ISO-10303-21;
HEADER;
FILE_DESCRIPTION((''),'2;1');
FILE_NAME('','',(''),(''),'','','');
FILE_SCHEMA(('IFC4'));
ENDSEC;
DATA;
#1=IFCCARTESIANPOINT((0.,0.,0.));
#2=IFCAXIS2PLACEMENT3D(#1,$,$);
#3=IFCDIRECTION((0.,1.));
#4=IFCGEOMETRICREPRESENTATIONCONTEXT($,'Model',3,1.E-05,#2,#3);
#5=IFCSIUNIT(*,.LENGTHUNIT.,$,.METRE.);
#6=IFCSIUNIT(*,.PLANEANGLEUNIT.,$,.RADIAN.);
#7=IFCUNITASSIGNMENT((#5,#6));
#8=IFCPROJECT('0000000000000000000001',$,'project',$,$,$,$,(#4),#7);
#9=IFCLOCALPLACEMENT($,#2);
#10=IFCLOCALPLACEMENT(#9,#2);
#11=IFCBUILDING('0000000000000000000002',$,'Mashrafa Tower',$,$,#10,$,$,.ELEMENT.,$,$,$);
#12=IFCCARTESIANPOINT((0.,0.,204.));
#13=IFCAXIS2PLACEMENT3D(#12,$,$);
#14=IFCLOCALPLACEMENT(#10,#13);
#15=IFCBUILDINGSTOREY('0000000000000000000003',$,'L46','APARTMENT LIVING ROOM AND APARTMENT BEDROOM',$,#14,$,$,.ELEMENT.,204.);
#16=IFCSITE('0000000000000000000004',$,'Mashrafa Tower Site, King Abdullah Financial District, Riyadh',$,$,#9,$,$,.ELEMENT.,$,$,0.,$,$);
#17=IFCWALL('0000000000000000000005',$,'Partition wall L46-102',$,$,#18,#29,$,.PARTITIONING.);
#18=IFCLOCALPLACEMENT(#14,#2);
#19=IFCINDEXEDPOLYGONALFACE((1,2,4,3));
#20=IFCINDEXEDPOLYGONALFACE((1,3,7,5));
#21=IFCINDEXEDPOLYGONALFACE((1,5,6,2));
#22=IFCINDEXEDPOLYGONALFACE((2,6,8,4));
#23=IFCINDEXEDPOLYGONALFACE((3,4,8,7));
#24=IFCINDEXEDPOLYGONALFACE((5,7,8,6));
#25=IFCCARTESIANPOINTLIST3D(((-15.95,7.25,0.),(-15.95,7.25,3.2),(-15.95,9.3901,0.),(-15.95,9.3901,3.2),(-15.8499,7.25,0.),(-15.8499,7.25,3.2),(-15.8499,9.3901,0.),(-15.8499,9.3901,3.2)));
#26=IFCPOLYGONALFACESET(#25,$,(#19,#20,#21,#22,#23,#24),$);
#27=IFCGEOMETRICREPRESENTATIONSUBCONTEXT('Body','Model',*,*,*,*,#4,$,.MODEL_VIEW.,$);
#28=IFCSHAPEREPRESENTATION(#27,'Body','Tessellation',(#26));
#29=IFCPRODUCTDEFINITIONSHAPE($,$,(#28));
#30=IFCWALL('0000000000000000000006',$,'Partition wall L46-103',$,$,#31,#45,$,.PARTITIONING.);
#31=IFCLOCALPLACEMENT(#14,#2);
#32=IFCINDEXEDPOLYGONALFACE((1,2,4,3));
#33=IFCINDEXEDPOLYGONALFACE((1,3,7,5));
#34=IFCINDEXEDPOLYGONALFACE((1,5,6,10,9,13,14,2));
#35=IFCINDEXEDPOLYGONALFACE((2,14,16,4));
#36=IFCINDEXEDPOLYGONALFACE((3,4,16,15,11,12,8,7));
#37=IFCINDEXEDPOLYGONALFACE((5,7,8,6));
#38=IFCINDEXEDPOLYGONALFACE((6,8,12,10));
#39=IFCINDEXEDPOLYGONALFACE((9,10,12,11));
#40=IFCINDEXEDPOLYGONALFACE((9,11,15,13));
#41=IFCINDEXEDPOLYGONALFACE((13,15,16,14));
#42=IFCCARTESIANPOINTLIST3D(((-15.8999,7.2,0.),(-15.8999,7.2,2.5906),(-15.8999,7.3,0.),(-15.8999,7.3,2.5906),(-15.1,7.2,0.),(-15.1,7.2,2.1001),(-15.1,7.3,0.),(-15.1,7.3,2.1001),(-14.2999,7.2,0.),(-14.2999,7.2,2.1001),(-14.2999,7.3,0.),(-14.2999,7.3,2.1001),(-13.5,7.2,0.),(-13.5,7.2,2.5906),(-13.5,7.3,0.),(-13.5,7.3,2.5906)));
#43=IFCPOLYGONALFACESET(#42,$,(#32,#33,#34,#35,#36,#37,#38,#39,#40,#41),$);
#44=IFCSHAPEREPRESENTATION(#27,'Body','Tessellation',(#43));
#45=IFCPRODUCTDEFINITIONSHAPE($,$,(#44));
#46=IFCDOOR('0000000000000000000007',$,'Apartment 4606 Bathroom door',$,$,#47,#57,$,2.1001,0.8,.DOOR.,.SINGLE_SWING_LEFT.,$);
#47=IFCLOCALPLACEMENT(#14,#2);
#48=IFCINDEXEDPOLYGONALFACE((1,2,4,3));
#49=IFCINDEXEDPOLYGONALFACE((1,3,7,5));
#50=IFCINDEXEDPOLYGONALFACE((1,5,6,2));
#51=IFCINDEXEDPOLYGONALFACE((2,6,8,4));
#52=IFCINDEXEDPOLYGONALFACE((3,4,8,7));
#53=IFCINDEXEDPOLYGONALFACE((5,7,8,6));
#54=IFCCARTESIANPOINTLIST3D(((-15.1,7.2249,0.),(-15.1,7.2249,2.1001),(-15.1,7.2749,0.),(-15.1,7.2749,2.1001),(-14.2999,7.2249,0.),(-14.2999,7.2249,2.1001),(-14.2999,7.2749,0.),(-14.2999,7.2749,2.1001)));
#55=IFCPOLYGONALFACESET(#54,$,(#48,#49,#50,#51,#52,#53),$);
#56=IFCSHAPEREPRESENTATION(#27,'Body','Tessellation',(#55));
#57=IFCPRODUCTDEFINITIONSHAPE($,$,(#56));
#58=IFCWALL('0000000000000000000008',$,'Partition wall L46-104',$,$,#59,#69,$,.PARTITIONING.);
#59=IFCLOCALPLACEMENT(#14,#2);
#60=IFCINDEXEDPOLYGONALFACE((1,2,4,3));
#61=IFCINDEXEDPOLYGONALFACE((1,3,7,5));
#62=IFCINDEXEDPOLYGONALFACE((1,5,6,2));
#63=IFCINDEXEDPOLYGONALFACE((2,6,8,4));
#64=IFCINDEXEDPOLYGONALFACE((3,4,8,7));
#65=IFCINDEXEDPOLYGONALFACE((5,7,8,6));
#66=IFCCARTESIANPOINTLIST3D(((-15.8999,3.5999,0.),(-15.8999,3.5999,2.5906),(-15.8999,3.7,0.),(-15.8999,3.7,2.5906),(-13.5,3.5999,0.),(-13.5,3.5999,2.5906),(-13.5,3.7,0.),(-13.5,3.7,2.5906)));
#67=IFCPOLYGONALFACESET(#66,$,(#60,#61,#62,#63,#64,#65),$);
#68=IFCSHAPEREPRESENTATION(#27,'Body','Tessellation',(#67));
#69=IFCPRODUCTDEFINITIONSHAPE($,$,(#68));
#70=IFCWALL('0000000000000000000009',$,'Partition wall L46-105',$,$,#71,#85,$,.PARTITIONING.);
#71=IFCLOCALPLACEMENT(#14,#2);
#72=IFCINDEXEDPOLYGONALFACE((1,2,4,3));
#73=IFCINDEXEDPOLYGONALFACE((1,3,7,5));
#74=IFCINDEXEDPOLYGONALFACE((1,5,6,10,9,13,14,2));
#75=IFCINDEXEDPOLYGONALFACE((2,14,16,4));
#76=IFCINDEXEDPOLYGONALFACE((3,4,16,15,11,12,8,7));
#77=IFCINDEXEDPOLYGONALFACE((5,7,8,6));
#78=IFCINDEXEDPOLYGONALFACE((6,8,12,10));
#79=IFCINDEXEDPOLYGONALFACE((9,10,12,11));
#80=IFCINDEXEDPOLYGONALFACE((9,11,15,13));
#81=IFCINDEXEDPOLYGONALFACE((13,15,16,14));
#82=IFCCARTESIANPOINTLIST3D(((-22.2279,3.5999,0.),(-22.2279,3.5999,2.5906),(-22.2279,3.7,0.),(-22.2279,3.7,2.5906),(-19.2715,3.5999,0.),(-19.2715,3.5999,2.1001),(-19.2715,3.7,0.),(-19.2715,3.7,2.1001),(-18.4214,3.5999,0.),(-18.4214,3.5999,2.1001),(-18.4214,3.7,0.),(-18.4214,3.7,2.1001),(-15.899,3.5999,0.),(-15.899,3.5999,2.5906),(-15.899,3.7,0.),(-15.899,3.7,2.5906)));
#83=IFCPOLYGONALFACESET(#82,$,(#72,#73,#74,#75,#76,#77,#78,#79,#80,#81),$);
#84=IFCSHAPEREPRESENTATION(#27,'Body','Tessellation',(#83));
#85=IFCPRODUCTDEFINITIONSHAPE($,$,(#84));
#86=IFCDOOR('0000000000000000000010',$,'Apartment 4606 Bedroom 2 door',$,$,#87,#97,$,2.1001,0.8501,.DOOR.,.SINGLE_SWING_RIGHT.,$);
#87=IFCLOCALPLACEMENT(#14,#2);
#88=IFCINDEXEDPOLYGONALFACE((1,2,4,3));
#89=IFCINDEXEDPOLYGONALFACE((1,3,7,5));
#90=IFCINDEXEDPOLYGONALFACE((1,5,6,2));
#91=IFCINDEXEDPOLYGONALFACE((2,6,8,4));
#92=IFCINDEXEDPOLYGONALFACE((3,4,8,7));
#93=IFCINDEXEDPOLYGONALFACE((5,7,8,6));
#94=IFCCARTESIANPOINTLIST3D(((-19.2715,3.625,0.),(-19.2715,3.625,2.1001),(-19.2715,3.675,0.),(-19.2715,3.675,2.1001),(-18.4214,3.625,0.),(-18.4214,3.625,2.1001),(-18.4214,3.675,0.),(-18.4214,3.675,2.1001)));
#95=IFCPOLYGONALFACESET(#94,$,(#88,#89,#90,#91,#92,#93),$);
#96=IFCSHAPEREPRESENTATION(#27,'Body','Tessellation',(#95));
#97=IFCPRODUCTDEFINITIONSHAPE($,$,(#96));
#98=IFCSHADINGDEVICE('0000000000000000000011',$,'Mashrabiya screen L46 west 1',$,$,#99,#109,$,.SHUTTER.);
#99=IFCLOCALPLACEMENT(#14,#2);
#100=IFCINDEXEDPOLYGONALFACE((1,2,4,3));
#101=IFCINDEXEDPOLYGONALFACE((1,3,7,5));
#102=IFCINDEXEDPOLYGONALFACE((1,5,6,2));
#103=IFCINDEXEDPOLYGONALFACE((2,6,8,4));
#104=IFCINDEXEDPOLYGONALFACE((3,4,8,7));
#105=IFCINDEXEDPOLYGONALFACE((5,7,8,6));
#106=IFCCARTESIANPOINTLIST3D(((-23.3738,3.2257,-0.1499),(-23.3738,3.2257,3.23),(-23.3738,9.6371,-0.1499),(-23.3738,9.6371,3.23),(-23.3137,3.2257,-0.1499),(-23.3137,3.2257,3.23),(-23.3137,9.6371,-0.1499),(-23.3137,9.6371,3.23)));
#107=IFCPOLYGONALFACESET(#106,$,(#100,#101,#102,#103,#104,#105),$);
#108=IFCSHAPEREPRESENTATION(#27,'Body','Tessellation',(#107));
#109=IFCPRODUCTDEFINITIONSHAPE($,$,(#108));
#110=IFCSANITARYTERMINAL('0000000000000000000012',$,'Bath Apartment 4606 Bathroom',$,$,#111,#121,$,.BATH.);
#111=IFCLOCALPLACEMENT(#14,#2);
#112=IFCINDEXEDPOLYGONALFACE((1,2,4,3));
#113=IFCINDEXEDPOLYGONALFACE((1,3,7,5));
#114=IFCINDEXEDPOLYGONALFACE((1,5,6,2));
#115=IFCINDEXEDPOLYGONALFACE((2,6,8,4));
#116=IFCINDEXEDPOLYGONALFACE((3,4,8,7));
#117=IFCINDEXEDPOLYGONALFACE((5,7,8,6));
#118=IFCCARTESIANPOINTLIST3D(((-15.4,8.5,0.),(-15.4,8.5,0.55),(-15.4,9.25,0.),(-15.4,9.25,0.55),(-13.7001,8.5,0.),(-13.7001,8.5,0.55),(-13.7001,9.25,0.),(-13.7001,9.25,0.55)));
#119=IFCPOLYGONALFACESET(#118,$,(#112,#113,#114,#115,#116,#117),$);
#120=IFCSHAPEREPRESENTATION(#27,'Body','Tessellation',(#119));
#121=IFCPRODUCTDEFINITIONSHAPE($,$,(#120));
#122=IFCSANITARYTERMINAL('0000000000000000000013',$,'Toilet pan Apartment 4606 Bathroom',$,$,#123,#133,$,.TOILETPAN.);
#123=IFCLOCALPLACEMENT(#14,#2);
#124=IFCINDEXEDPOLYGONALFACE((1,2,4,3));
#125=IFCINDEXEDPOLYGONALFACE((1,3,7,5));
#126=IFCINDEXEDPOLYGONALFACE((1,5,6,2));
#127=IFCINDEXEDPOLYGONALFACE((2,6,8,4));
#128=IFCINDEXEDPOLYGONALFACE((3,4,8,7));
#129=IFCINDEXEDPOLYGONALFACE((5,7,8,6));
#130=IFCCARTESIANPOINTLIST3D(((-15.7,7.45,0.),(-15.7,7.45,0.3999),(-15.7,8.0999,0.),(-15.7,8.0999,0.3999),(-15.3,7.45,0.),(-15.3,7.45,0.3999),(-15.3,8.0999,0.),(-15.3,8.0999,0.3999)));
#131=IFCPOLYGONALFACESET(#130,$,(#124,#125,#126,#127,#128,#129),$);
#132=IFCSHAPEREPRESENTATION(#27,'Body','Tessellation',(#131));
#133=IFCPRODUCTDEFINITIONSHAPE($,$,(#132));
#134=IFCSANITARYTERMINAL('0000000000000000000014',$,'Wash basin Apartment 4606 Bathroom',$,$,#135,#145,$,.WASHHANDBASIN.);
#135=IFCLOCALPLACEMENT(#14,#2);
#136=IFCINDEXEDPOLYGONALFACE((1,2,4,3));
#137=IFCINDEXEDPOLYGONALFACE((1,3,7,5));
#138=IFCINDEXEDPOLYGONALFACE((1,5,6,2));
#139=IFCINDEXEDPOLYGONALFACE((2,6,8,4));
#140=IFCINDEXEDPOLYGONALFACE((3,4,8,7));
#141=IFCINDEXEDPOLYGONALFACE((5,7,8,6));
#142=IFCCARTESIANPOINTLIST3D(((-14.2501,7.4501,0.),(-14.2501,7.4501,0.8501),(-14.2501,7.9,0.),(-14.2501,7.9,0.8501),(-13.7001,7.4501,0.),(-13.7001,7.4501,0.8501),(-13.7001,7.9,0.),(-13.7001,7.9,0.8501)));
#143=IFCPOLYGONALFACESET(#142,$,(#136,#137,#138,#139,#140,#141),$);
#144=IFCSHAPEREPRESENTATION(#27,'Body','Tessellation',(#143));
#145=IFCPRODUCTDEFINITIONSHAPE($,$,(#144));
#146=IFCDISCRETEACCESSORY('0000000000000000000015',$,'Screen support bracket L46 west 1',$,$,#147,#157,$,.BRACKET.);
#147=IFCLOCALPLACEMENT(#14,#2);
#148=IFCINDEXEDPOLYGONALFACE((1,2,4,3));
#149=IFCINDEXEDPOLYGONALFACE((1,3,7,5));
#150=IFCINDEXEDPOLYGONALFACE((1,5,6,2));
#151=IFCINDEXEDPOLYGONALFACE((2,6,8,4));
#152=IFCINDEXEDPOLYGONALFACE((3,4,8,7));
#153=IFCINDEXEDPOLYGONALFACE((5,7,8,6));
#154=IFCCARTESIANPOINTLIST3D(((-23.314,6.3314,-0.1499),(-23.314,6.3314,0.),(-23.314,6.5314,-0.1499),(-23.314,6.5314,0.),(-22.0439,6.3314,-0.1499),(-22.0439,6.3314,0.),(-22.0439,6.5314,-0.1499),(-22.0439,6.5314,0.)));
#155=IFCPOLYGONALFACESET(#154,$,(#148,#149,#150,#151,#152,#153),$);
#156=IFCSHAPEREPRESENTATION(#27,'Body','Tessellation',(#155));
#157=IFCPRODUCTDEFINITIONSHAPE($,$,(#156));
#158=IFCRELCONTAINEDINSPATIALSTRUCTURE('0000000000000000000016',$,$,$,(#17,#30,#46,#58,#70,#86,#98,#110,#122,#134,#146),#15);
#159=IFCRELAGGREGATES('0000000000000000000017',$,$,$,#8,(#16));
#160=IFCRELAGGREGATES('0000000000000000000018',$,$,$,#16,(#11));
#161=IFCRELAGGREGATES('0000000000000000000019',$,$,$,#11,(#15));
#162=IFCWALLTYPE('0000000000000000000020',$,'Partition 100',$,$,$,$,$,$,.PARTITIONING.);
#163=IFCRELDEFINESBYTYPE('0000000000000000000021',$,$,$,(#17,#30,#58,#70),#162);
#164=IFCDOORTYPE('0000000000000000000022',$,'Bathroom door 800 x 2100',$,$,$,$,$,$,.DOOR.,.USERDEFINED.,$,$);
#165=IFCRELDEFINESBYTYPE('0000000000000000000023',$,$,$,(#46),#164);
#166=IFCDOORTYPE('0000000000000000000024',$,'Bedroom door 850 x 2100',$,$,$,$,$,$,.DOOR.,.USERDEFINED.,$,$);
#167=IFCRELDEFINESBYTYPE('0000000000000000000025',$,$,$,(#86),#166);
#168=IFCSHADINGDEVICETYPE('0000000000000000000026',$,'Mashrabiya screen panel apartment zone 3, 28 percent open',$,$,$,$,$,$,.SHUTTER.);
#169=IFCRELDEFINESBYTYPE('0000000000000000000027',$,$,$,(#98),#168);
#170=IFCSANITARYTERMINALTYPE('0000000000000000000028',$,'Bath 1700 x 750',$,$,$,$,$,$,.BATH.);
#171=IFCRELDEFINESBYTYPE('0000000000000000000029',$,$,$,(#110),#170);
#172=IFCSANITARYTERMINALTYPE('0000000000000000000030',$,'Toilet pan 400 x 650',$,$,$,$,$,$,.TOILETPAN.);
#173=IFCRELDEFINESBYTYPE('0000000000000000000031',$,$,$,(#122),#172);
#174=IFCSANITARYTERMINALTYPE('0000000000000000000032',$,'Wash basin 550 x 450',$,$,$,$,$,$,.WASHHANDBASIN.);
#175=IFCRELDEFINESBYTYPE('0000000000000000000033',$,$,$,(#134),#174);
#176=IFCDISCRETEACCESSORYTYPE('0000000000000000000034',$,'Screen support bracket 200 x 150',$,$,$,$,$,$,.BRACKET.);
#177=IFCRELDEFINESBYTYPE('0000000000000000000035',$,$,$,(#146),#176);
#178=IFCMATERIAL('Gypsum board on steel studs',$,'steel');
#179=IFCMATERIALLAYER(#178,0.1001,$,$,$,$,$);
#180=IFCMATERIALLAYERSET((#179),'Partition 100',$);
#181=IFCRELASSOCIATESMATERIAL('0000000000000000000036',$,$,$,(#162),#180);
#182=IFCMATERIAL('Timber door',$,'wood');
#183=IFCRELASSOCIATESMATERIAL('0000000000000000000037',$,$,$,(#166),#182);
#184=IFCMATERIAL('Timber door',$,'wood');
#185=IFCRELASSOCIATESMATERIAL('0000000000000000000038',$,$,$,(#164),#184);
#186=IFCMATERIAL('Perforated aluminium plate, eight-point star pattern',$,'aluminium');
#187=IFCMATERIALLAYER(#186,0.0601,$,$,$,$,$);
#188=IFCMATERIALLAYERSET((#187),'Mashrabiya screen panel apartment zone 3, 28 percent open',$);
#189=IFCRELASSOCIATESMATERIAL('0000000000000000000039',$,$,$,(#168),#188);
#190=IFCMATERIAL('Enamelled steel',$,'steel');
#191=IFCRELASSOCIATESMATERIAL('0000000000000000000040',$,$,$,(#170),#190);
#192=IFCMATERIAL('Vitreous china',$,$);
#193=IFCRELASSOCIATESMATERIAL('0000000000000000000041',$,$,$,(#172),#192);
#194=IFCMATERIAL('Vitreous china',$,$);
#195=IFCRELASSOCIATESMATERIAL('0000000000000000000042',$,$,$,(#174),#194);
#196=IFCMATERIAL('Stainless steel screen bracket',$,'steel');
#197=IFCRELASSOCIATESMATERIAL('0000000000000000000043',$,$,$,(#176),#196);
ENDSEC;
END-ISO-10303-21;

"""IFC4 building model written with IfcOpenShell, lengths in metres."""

from ifc_helpers import new_model, si_unit, direction, frame, frame_2d, origin, origin_2d, place, context, subcontext, project, spatial, rectangle, extrude, source, transform, mapped, material, layer, layer_set, type_object, type_shapes, element, fill, save


model = new_model("IFC4")

# Units and contexts
model_context = context("Model", 3, precision=1e-05, world=origin(), true_north=direction((0.0, 1.0)))
body_context = subcontext(model_context, "Body", "Model", "MODEL_VIEW")
ifc_project = project(units=[si_unit("LENGTHUNIT", "METRE"), si_unit("PLANEANGLEUNIT", "RADIAN")], contexts=[model_context])

# Site, building, storey
site_placement = place(None, origin())
site = spatial("IfcSite", under=ifc_project, at=site_placement, Name="Mashrafa Tower Site, King Abdullah Financial District, Riyadh", CompositionType="ELEMENT", RefElevation=0.0)
building_placement = place(site_placement, origin())
building = spatial("IfcBuilding", under=site, at=building_placement, Name="Mashrafa Tower", CompositionType="ELEMENT")
storey_placement = place(building_placement, frame((0.0, 0.0, 204.0)))
storey = spatial("IfcBuildingStorey", under=building, at=storey_placement, Name="L46", Description="APARTMENT LIVING ROOM AND APARTMENT BEDROOM", CompositionType="ELEMENT", Elevation=204.0)

# Shared definitions
ifc_material_1 = material(Name="Gypsum board on steel studs", Category="steel")
ifc_layer_1 = layer(ifc_material_1, 0.1001)
ifc_layer_set_1 = layer_set([ifc_layer_1], Name="Partition 100")
wall_type_1 = type_object("IfcWallType", Name="Partition 100", PredefinedType="PARTITIONING", material=ifc_layer_set_1)

# Shared definitions
ifc_material_2 = material(Name="Timber door", Category="wood")
door_type_1 = type_object("IfcDoorType", Name="Bedroom door 850 x 2100", OperationType="USERDEFINED", PredefinedType="DOOR", material=ifc_material_2)

# Wall
wall_1_placement = place(storey_placement, frame((-15.8999, 9.3901, 0.0), z_axis=(0.0, 0.0, 1.0), x_axis=(0.0, -1.0, 0.0)))
element("IfcWall", 1, at=wall_1_placement, inside=storey, type_object=wall_type_1, Name="Partition wall L46-102", PredefinedType="PARTITIONING", context=body_context, shape_type="SweptSolid", body=[
    extrude(rectangle(XDim=2.1401, YDim=0.1001, at=frame_2d((1.0701, 0.0))), origin(), (0.0, 0.0, 1.0), 3.2),
])

# Wall, opening, door
wall_2_placement = place(storey_placement, frame((-15.8999, 7.25, 0.0), z_axis=(0.0, 0.0, 1.0), x_axis=(1.0, 0.0, 0.0)))
wall_2 = element("IfcWall", 2, at=wall_2_placement, inside=storey, type_object=wall_type_1, Name="Partition wall L46-103", PredefinedType="PARTITIONING", context=body_context, shape_type="SweptSolid", body=[
    extrude(rectangle(XDim=2.3999, YDim=0.1001, at=frame_2d((1.2, 0.0))), origin(), (0.0, 0.0, 1.0), 2.5906),
])
opening_1_placement = place(wall_2_placement, frame((0.8, 0.0, 0.0)))
opening_1 = element("IfcOpeningElement", 3, at=opening_1_placement, cuts=wall_2, PredefinedType="OPENING", context=body_context, shape_type="SweptSolid", body=[
    extrude(rectangle(XDim=0.8, YDim=2.1001, at=frame_2d((0.3999, 1.05))), frame((0.0, 0.0601, 0.0), z_axis=(0.0, -1.0, 0.0), x_axis=(1.0, 0.0, 0.0)), (0.0, 0.0, 1.0), 0.1201),
])
ifc_material_3 = material(Name="Timber door", Category="wood")
door_type_2 = type_object("IfcDoorType", Name="Bathroom door 800 x 2100", OperationType="USERDEFINED", PredefinedType="DOOR", material=ifc_material_3)
door_1_placement = place(opening_1_placement, origin())
door_1 = element("IfcDoor", 4, at=door_1_placement, inside=storey, type_object=door_type_2, Name="Apartment 4606 Bathroom door", OperationType="SINGLE_SWING_LEFT", OverallHeight=2.1001, OverallWidth=0.8, PredefinedType="DOOR", context=body_context, shape_type="SweptSolid", body=[
    extrude(rectangle(XDim=0.8, YDim=2.1001, at=frame_2d((0.3999, 1.05))), frame((0.0, 0.0249, 0.0), z_axis=(0.0, -1.0, 0.0), x_axis=(1.0, 0.0, 0.0)), (0.0, 0.0, 1.0), 0.05),
])
fill(opening_1, door_1)

# Wall
wall_3_placement = place(storey_placement, frame((-15.8999, 3.6499, 0.0), z_axis=(0.0, 0.0, 1.0), x_axis=(1.0, 0.0, 0.0)))
element("IfcWall", 5, at=wall_3_placement, inside=storey, type_object=wall_type_1, Name="Partition wall L46-104", PredefinedType="PARTITIONING", context=body_context, shape_type="SweptSolid", body=[
    extrude(rectangle(XDim=2.3999, YDim=0.1001, at=frame_2d((1.2, 0.0))), origin(), (0.0, 0.0, 1.0), 2.5906),
])

# Wall, opening, door
wall_4_placement = place(storey_placement, frame((-15.8989, 3.6499, 0.0), z_axis=(0.0, 0.0, 1.0), x_axis=(-1.0, 0.0, 0.0)))
wall_4 = element("IfcWall", 6, at=wall_4_placement, inside=storey, type_object=wall_type_1, Name="Partition wall L46-105", PredefinedType="PARTITIONING", context=body_context, shape_type="SweptSolid", body=[
    extrude(rectangle(XDim=6.3289, YDim=0.1001, at=frame_2d((3.1646, 0.0))), origin(), (0.0, 0.0, 1.0), 2.5906),
])
opening_2_placement = place(wall_4_placement, frame((2.5225, 0.0, 0.0)))
opening_2 = element("IfcOpeningElement", 7, at=opening_2_placement, cuts=wall_4, PredefinedType="OPENING", context=body_context, shape_type="SweptSolid", body=[
    extrude(rectangle(XDim=0.8501, YDim=2.1001, at=frame_2d((0.425, 1.05))), frame((0.0, 0.0601, 0.0), z_axis=(0.0, -1.0, 0.0), x_axis=(1.0, 0.0, 0.0)), (0.0, 0.0, 1.0), 0.1201),
])
door_2_placement = place(opening_2_placement, origin())
door_2 = element("IfcDoor", 8, at=door_2_placement, inside=storey, type_object=door_type_1, Name="Apartment 4606 Bedroom 2 door", OperationType="SINGLE_SWING_RIGHT", OverallHeight=2.1001, OverallWidth=0.8501, PredefinedType="DOOR", context=body_context, shape_type="SweptSolid", body=[
    extrude(rectangle(XDim=0.8501, YDim=2.1001, at=frame_2d((0.425, 1.05))), frame((0.0, 0.0249, 0.0), z_axis=(0.0, -1.0, 0.0), x_axis=(1.0, 0.0, 0.0)), (0.0, 0.0, 1.0), 0.05),
])
fill(opening_2, door_2)

# Shading device
ifc_material_4 = material(Name="Perforated aluminium plate, eight-point star pattern", Category="aluminium")
ifc_layer_2 = layer(ifc_material_4, 0.0601)
ifc_layer_set_2 = layer_set([ifc_layer_2], Name="Mashrabiya screen panel apartment zone 3, 28 percent open")
shading_device_type = type_object("IfcShadingDeviceType", Name="Mashrabiya screen panel apartment zone 3, 28 percent open", PredefinedType="SHUTTER", material=ifc_layer_set_2)
shared_shape_1 = source(origin(), body_context, "Body", "SweptSolid", [
    extrude(rectangle(XDim=6.4114, YDim=0.0601, at=origin_2d()), origin(), (0.0, 0.0, 1.0), 3.3799),
])
type_shapes(shading_device_type, [shared_shape_1])
shading_device_placement = place(storey_placement, frame((-23.3438, 6.4314, -0.1499), z_axis=(0.0, 0.0, 1.0), x_axis=(0.0, -1.0, 0.0)))
element("IfcShadingDevice", 9, at=shading_device_placement, inside=storey, type_object=shading_device_type, Name="Mashrabiya screen L46 west 1", PredefinedType="SHUTTER", context=body_context, shape_type="MappedRepresentation", body=[
    mapped(shared_shape_1, transform((0.0, 0.0, 0.0))),
])

# Sanitary terminals
ifc_material_5 = material(Name="Enamelled steel", Category="steel")
sanitary_terminal_type_1 = type_object("IfcSanitaryTerminalType", Name="Bath 1700 x 750", PredefinedType="BATH", material=ifc_material_5)
sanitary_terminal_1_placement = place(storey_placement, frame((-14.55, 8.875, 0.0), z_axis=(0.0, 0.0, 1.0), x_axis=(-1.0, 0.0, 0.0)))
element("IfcSanitaryTerminal", 10, at=sanitary_terminal_1_placement, inside=storey, type_object=sanitary_terminal_type_1, Name="Bath Apartment 4606 Bathroom", PredefinedType="BATH", context=body_context, shape_type="SweptSolid", body=[
    extrude(rectangle(XDim=1.7, YDim=0.75, at=origin_2d()), origin(), (0.0, 0.0, 1.0), 0.55),
])
ifc_material_6 = material(Name="Vitreous china")
sanitary_terminal_type_2 = type_object("IfcSanitaryTerminalType", Name="Toilet pan 400 x 650", PredefinedType="TOILETPAN", material=ifc_material_6)
sanitary_terminal_2_placement = place(storey_placement, frame((-15.5, 7.7749, 0.0), z_axis=(0.0, 0.0, 1.0), x_axis=(1.0, 0.0, 0.0)))
element("IfcSanitaryTerminal", 11, at=sanitary_terminal_2_placement, inside=storey, type_object=sanitary_terminal_type_2, Name="Toilet pan Apartment 4606 Bathroom", PredefinedType="TOILETPAN", context=body_context, shape_type="SweptSolid", body=[
    extrude(rectangle(XDim=0.3999, YDim=0.6499, at=origin_2d()), origin(), (0.0, 0.0, 1.0), 0.3999),
])
ifc_material_7 = material(Name="Vitreous china")
sanitary_terminal_type_3 = type_object("IfcSanitaryTerminalType", Name="Wash basin 550 x 450", PredefinedType="WASHHANDBASIN", material=ifc_material_7)
sanitary_terminal_3_placement = place(storey_placement, frame((-13.9751, 7.675, 0.0), z_axis=(0.0, 0.0, 1.0), x_axis=(1.0, 0.0, 0.0)))
element("IfcSanitaryTerminal", 12, at=sanitary_terminal_3_placement, inside=storey, type_object=sanitary_terminal_type_3, Name="Wash basin Apartment 4606 Bathroom", PredefinedType="WASHHANDBASIN", context=body_context, shape_type="SweptSolid", body=[
    extrude(rectangle(XDim=0.55, YDim=0.45, at=origin_2d()), origin(), (0.0, 0.0, 1.0), 0.8501),
])

# Discrete accessory
ifc_material_8 = material(Name="Stainless steel screen bracket", Category="steel")
discrete_accessory_type = type_object("IfcDiscreteAccessoryType", Name="Screen support bracket 200 x 150", PredefinedType="BRACKET", material=ifc_material_8)
shared_shape_2 = source(origin(), body_context, "Body", "SweptSolid", [
    extrude(rectangle(XDim=0.2, YDim=1.27, at=origin_2d()), origin(), (0.0, 0.0, 1.0), 0.1499),
])
type_shapes(discrete_accessory_type, [shared_shape_2])
discrete_accessory_placement = place(storey_placement, frame((-22.679, 6.4314, -0.1499), z_axis=(0.0, 0.0, 1.0), x_axis=(0.0, -1.0, 0.0)))
element("IfcDiscreteAccessory", 13, at=discrete_accessory_placement, inside=storey, type_object=discrete_accessory_type, Name="Screen support bracket L46 west 1", PredefinedType="BRACKET", context=body_context, shape_type="MappedRepresentation", body=[
    mapped(shared_shape_2, transform((0.0, 0.0, 0.0))),
])

save(model, "model.ifc")
